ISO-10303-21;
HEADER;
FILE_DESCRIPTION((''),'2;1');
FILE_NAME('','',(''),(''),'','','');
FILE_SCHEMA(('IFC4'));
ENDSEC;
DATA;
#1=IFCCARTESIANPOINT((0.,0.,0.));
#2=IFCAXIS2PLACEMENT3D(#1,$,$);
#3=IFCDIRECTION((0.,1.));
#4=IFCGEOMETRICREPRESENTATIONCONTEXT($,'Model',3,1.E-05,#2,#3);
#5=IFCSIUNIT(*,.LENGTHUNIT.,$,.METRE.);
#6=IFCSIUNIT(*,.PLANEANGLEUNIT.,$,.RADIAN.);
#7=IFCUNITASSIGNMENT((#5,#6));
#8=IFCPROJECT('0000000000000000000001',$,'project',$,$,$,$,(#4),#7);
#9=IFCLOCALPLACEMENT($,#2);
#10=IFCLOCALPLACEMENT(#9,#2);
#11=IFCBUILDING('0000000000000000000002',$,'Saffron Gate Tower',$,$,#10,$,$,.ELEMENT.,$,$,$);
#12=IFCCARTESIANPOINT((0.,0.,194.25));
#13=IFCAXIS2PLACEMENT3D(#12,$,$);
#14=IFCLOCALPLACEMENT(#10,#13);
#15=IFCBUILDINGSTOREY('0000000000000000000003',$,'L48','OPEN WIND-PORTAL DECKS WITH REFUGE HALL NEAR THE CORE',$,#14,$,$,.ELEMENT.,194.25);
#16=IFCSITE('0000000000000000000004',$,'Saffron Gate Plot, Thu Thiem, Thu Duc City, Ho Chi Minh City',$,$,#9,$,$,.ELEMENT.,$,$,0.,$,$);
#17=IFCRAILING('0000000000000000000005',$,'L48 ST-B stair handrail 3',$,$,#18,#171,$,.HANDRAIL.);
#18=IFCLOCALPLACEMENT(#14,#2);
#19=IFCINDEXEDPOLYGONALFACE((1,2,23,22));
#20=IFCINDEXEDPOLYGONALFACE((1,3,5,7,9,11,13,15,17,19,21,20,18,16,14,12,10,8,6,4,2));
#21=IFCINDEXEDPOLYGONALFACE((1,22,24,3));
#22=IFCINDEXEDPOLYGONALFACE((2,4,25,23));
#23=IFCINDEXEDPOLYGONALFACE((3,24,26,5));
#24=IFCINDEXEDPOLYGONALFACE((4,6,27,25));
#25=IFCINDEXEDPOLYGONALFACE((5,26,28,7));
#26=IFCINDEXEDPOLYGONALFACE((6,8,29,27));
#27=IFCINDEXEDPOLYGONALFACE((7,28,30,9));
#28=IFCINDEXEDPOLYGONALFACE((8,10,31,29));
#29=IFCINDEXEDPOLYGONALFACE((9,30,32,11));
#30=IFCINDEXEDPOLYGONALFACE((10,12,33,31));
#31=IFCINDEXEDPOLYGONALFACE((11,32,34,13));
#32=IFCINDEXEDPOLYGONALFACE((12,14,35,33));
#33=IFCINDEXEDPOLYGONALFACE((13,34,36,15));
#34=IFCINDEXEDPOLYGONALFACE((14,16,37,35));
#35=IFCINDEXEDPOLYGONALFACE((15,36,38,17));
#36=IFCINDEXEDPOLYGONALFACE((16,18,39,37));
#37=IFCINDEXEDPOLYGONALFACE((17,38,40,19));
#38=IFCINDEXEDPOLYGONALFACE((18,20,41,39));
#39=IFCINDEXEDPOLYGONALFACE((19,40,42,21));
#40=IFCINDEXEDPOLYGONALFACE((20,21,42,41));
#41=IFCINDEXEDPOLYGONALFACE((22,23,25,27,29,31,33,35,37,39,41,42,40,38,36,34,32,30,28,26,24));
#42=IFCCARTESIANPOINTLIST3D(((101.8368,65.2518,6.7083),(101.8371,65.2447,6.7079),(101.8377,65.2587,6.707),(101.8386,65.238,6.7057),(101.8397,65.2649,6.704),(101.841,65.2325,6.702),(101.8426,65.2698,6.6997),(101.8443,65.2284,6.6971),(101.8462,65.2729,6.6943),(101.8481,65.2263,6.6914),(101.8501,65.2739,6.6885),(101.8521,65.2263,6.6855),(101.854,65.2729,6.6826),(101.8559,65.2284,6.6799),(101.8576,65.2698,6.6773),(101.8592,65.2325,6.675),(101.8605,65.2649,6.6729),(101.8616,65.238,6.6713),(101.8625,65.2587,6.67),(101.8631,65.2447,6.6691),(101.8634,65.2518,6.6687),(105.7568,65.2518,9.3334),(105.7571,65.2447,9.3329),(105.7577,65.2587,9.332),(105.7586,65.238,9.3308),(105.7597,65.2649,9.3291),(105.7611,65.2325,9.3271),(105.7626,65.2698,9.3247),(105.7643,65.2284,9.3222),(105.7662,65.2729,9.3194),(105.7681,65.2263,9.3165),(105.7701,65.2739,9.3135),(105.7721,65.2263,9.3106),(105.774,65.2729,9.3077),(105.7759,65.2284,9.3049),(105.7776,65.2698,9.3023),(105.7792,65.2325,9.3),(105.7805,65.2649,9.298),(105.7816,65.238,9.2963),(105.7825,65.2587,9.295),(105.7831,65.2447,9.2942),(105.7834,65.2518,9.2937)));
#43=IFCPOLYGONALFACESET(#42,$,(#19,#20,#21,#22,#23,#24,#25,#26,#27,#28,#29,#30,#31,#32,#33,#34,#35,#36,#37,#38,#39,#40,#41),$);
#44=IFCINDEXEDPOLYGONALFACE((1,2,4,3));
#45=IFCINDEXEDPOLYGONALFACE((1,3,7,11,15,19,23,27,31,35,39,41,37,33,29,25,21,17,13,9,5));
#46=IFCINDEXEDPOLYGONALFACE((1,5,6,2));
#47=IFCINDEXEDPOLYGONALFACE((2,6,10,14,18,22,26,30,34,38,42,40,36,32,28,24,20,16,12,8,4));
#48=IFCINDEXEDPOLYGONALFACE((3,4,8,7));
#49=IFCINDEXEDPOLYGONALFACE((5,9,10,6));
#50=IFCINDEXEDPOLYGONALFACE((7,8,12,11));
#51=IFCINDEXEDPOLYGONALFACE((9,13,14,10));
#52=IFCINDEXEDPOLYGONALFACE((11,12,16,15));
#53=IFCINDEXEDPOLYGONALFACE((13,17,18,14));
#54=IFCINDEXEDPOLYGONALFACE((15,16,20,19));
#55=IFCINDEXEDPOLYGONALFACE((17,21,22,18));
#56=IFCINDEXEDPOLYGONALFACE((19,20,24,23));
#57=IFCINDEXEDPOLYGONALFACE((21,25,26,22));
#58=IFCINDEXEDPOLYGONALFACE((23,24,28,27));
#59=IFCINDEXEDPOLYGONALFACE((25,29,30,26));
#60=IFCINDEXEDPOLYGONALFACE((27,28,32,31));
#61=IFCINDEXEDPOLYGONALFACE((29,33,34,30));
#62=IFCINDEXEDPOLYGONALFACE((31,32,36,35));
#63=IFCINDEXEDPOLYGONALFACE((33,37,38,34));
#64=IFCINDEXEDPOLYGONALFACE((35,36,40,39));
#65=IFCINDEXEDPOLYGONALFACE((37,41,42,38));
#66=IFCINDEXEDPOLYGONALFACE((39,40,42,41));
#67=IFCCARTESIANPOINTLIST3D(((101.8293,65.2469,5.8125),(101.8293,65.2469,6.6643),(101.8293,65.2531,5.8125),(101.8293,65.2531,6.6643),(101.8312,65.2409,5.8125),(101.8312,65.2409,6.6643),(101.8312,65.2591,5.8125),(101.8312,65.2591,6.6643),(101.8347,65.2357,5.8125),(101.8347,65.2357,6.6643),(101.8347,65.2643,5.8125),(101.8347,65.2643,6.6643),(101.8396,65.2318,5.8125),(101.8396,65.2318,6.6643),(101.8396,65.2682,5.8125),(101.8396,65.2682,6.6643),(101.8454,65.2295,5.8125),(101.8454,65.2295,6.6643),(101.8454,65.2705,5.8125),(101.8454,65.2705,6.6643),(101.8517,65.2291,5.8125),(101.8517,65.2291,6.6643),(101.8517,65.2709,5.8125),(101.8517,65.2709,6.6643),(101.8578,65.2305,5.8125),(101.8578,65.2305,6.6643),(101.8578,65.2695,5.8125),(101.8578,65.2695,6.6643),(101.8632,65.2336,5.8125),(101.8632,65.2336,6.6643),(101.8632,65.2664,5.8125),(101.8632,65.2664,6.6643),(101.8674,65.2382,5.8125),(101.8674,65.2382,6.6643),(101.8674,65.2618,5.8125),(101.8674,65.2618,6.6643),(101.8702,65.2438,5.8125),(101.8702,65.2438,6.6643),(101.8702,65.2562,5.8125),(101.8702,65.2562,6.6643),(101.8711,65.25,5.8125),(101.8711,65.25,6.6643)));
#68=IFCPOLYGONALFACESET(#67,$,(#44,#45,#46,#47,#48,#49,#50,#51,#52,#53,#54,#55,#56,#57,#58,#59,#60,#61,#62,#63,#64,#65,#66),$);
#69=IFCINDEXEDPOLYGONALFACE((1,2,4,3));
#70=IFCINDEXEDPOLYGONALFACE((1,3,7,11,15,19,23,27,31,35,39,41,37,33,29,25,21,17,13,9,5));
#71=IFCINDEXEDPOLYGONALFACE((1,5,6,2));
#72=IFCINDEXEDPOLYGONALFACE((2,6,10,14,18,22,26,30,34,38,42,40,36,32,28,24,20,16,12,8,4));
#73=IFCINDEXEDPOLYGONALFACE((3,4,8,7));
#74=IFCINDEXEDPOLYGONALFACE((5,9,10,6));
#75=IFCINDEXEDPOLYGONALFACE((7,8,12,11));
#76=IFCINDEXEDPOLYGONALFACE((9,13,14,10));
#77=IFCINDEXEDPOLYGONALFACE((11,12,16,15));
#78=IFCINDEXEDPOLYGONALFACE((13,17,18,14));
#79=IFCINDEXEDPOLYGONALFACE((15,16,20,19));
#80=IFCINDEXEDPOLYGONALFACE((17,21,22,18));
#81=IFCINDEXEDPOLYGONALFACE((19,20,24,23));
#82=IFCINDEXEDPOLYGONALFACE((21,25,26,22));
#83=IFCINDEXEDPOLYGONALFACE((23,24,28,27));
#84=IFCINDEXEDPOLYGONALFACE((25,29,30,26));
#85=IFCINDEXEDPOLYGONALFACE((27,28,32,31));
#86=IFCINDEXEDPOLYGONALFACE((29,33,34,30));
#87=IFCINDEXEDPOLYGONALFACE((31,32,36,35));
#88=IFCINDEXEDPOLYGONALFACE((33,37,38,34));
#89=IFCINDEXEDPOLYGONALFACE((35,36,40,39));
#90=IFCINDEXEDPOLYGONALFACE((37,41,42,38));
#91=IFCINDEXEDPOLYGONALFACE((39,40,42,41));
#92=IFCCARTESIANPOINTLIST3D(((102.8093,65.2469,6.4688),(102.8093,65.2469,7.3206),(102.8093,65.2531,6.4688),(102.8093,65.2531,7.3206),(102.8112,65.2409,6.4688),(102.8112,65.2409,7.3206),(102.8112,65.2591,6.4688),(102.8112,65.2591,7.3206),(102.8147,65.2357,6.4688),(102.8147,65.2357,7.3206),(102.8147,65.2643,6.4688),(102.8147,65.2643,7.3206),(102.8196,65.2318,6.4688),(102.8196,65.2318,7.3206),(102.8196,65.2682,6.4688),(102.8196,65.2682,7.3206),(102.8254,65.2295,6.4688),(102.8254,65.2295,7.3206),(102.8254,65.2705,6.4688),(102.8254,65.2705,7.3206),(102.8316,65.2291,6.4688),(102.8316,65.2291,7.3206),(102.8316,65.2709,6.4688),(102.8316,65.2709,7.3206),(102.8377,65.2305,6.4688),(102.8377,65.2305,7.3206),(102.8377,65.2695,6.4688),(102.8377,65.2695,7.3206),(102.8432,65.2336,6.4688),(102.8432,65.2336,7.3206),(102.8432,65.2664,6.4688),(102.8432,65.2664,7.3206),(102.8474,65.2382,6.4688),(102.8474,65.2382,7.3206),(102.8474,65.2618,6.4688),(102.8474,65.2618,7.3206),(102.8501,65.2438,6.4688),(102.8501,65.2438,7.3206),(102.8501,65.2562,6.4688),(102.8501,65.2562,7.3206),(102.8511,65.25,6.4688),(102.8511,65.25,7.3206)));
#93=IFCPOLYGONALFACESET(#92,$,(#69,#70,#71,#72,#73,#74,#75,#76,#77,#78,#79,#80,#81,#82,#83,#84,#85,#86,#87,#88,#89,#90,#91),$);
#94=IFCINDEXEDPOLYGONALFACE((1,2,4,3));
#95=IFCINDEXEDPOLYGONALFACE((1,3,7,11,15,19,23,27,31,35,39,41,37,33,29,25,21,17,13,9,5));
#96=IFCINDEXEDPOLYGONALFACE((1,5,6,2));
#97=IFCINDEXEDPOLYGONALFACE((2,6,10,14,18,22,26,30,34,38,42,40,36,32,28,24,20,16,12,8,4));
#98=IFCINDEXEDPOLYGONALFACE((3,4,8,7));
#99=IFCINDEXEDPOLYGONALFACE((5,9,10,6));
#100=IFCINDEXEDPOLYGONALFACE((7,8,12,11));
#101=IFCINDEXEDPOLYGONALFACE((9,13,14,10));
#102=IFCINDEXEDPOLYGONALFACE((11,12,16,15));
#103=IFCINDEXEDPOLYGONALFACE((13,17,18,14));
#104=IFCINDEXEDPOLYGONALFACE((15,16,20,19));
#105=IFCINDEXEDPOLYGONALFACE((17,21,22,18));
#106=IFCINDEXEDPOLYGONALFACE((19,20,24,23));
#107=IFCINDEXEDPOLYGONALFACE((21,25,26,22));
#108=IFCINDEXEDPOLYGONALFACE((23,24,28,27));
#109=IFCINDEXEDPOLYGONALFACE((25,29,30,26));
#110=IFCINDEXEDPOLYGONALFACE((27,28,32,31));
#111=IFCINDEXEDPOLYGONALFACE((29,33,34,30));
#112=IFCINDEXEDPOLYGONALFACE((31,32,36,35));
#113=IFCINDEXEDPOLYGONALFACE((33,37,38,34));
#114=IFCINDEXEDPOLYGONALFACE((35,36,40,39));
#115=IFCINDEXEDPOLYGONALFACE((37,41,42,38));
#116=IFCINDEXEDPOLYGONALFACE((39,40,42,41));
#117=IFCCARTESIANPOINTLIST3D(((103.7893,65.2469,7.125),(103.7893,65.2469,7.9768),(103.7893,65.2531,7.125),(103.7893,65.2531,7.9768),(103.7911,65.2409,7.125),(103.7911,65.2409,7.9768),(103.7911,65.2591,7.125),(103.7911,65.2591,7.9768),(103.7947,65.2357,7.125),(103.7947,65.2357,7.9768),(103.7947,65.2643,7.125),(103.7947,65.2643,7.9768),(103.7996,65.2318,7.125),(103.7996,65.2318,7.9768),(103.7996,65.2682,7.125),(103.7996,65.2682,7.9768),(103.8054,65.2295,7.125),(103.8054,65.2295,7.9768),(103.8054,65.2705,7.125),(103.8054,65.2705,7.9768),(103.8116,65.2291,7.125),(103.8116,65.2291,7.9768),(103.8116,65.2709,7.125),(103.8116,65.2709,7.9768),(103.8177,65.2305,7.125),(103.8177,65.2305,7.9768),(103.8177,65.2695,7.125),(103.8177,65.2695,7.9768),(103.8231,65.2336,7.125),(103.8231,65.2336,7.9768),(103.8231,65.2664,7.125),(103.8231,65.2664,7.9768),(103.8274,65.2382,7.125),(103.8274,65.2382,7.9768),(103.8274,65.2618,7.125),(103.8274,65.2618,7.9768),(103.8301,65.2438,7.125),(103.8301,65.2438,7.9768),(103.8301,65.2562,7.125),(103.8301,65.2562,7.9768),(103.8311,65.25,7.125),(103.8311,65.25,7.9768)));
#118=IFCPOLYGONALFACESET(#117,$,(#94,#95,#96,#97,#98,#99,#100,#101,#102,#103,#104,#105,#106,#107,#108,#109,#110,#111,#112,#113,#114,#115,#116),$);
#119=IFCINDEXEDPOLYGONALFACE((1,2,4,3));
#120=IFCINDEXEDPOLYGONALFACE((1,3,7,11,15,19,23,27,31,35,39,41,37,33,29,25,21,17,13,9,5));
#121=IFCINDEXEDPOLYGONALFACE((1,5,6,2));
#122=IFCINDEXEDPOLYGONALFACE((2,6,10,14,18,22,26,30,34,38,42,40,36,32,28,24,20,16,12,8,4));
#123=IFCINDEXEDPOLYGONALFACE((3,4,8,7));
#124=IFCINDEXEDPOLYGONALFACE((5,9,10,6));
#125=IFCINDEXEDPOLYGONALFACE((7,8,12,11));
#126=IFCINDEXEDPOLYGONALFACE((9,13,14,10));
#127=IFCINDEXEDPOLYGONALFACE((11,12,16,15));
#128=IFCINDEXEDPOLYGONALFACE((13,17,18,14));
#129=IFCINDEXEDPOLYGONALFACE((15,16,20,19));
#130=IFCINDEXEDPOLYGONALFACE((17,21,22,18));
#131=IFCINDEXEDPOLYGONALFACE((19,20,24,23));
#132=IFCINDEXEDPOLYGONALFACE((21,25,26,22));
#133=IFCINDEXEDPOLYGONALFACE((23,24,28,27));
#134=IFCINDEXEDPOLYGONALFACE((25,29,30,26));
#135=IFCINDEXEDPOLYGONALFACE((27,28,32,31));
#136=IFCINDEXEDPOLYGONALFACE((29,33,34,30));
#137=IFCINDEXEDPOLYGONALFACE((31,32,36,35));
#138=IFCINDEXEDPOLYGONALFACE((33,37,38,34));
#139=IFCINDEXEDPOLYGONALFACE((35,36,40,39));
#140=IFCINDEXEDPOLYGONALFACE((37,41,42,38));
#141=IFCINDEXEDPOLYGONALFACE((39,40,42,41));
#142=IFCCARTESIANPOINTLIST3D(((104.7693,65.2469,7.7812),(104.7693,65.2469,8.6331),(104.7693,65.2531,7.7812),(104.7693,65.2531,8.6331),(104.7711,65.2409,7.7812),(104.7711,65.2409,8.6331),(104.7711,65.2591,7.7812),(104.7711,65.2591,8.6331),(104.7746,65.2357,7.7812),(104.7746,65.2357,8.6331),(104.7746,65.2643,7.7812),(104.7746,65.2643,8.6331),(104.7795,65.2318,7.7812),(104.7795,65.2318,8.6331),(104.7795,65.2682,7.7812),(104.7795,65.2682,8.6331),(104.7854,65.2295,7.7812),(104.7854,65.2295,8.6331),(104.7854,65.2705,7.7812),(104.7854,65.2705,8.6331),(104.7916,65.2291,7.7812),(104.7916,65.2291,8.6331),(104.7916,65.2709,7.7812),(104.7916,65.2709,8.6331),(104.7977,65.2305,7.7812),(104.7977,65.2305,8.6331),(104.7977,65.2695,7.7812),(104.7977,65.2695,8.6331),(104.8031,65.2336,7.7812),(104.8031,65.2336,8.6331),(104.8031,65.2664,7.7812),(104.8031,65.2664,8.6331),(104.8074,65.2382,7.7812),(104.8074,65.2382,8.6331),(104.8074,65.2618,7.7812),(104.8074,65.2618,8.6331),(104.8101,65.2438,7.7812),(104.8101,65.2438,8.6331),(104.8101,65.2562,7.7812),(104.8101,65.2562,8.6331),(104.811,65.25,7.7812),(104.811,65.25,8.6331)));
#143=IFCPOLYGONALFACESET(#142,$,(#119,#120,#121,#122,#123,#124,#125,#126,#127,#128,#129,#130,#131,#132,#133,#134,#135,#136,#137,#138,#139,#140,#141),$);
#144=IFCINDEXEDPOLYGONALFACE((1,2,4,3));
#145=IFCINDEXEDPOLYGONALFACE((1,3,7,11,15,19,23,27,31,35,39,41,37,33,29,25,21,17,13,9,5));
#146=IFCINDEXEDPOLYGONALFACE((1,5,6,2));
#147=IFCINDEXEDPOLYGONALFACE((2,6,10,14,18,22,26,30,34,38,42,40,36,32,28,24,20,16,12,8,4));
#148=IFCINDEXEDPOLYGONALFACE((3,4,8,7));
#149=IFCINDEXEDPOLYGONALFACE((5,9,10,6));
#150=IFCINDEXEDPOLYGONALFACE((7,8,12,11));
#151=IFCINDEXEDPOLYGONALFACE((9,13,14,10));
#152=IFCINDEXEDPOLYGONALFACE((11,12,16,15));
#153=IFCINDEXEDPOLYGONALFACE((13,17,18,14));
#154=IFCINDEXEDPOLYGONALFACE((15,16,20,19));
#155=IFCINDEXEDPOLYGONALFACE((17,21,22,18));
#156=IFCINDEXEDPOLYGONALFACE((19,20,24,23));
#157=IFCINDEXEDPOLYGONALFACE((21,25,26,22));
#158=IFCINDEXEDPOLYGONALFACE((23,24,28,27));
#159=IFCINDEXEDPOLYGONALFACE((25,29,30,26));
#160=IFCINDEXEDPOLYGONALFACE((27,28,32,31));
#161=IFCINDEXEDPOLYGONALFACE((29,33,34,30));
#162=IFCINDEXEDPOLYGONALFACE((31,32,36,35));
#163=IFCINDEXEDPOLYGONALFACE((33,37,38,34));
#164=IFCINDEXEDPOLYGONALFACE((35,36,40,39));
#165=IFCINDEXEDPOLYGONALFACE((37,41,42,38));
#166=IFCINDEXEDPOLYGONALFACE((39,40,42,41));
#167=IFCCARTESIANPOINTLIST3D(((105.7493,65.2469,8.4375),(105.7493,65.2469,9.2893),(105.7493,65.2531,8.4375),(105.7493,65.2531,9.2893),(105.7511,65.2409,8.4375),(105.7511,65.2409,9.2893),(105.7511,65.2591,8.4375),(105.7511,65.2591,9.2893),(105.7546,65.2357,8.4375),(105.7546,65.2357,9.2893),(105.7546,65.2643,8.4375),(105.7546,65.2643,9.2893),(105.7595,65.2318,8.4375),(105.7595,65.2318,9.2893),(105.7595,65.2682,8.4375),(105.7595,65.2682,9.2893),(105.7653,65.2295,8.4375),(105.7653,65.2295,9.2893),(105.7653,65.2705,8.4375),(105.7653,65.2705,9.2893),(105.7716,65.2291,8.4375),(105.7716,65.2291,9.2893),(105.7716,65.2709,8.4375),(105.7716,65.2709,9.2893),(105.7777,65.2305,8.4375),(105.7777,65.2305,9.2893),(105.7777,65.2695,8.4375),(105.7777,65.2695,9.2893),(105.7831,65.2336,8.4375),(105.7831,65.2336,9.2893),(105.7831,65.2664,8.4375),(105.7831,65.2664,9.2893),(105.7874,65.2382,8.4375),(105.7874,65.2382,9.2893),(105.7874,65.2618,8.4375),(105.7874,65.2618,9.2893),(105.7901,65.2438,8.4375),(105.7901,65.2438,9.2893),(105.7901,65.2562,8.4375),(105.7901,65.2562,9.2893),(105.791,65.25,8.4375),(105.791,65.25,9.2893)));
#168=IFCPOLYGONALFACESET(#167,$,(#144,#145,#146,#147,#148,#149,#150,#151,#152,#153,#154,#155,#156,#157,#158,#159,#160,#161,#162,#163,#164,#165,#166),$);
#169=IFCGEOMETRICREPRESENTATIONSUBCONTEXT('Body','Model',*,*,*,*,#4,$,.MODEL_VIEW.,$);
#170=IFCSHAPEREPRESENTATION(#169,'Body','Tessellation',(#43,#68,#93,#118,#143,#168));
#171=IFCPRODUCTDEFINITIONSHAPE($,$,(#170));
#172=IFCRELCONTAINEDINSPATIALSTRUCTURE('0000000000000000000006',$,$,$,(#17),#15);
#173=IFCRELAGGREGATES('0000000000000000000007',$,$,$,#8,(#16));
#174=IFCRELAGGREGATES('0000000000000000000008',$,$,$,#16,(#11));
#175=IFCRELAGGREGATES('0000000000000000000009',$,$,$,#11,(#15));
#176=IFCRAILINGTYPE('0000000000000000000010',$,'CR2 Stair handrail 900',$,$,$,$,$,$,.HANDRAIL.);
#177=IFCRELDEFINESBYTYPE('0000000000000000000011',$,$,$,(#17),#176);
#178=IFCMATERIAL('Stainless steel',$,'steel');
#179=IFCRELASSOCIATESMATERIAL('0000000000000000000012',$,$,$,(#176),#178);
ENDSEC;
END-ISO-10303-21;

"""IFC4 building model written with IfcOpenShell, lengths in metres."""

from ifc_helpers import new_model, si_unit, direction, frame, origin, origin_2d, place, context, subcontext, project, spatial, circle, extrude, material, type_object, element, save


model = new_model("IFC4")

# Units and contexts
model_context = context("Model", 3, precision=1e-05, world=origin(), true_north=direction((0.0, 1.0)))
body_context = subcontext(model_context, "Body", "Model", "MODEL_VIEW")
ifc_project = project(units=[si_unit("LENGTHUNIT", "METRE"), si_unit("PLANEANGLEUNIT", "RADIAN")], contexts=[model_context])

# Site, building, storey
site_placement = place(None, origin())
site = spatial("IfcSite", under=ifc_project, at=site_placement, Name="Saffron Gate Plot, Thu Thiem, Thu Duc City, Ho Chi Minh City", CompositionType="ELEMENT", RefElevation=0.0)
building_placement = place(site_placement, origin())
building = spatial("IfcBuilding", under=site, at=building_placement, Name="Saffron Gate Tower", CompositionType="ELEMENT")
storey_placement = place(building_placement, frame((0.0, 0.0, 194.25)))
storey = spatial("IfcBuildingStorey", under=building, at=storey_placement, Name="L48", Description="OPEN WIND-PORTAL DECKS WITH REFUGE HALL NEAR THE CORE", CompositionType="ELEMENT", Elevation=194.25)

# Railing
ifc_material_1 = material(Name="Stainless steel", Category="steel")
railing_type_1 = type_object("IfcRailingType", Name="CR2 Stair handrail 900", PredefinedType="HANDRAIL", material=ifc_material_1)
railing_1_placement = place(storey_placement, frame((101.8501, 65.25, 5.8125)))
element("IfcRailing", 1, at=railing_1_placement, inside=storey, type_object=railing_type_1, Name="L48 ST-B stair handrail 3", PredefinedType="HANDRAIL", context=body_context, shape_type="SweptSolid", body=[
    extrude(circle(Radius=0.0239, at=origin_2d()), frame((0.0, 0.0, 0.876), z_axis=(0.830902, 0.0, 0.556419), x_axis=(0.0, 1.0, 0.0)), (0.0, 0.0, 1.0), 4.7178),
    extrude(circle(Radius=0.021, at=origin_2d()), origin(), (0.0, 0.0, 1.0), 0.8518),
    extrude(circle(Radius=0.021, at=origin_2d()), frame((0.98, 0.0, 0.6562)), (0.0, 0.0, 1.0), 0.8518),
    extrude(circle(Radius=0.021, at=origin_2d()), frame((1.96, 0.0, 1.3125)), (0.0, 0.0, 1.0), 0.8518),
    extrude(circle(Radius=0.021, at=origin_2d()), frame((2.9399, 0.0, 1.9688)), (0.0, 0.0, 1.0), 0.8518),
    extrude(circle(Radius=0.021, at=origin_2d()), frame((3.9199, 0.0, 2.625)), (0.0, 0.0, 1.0), 0.8518),
])

save(model, "model.ifc")
